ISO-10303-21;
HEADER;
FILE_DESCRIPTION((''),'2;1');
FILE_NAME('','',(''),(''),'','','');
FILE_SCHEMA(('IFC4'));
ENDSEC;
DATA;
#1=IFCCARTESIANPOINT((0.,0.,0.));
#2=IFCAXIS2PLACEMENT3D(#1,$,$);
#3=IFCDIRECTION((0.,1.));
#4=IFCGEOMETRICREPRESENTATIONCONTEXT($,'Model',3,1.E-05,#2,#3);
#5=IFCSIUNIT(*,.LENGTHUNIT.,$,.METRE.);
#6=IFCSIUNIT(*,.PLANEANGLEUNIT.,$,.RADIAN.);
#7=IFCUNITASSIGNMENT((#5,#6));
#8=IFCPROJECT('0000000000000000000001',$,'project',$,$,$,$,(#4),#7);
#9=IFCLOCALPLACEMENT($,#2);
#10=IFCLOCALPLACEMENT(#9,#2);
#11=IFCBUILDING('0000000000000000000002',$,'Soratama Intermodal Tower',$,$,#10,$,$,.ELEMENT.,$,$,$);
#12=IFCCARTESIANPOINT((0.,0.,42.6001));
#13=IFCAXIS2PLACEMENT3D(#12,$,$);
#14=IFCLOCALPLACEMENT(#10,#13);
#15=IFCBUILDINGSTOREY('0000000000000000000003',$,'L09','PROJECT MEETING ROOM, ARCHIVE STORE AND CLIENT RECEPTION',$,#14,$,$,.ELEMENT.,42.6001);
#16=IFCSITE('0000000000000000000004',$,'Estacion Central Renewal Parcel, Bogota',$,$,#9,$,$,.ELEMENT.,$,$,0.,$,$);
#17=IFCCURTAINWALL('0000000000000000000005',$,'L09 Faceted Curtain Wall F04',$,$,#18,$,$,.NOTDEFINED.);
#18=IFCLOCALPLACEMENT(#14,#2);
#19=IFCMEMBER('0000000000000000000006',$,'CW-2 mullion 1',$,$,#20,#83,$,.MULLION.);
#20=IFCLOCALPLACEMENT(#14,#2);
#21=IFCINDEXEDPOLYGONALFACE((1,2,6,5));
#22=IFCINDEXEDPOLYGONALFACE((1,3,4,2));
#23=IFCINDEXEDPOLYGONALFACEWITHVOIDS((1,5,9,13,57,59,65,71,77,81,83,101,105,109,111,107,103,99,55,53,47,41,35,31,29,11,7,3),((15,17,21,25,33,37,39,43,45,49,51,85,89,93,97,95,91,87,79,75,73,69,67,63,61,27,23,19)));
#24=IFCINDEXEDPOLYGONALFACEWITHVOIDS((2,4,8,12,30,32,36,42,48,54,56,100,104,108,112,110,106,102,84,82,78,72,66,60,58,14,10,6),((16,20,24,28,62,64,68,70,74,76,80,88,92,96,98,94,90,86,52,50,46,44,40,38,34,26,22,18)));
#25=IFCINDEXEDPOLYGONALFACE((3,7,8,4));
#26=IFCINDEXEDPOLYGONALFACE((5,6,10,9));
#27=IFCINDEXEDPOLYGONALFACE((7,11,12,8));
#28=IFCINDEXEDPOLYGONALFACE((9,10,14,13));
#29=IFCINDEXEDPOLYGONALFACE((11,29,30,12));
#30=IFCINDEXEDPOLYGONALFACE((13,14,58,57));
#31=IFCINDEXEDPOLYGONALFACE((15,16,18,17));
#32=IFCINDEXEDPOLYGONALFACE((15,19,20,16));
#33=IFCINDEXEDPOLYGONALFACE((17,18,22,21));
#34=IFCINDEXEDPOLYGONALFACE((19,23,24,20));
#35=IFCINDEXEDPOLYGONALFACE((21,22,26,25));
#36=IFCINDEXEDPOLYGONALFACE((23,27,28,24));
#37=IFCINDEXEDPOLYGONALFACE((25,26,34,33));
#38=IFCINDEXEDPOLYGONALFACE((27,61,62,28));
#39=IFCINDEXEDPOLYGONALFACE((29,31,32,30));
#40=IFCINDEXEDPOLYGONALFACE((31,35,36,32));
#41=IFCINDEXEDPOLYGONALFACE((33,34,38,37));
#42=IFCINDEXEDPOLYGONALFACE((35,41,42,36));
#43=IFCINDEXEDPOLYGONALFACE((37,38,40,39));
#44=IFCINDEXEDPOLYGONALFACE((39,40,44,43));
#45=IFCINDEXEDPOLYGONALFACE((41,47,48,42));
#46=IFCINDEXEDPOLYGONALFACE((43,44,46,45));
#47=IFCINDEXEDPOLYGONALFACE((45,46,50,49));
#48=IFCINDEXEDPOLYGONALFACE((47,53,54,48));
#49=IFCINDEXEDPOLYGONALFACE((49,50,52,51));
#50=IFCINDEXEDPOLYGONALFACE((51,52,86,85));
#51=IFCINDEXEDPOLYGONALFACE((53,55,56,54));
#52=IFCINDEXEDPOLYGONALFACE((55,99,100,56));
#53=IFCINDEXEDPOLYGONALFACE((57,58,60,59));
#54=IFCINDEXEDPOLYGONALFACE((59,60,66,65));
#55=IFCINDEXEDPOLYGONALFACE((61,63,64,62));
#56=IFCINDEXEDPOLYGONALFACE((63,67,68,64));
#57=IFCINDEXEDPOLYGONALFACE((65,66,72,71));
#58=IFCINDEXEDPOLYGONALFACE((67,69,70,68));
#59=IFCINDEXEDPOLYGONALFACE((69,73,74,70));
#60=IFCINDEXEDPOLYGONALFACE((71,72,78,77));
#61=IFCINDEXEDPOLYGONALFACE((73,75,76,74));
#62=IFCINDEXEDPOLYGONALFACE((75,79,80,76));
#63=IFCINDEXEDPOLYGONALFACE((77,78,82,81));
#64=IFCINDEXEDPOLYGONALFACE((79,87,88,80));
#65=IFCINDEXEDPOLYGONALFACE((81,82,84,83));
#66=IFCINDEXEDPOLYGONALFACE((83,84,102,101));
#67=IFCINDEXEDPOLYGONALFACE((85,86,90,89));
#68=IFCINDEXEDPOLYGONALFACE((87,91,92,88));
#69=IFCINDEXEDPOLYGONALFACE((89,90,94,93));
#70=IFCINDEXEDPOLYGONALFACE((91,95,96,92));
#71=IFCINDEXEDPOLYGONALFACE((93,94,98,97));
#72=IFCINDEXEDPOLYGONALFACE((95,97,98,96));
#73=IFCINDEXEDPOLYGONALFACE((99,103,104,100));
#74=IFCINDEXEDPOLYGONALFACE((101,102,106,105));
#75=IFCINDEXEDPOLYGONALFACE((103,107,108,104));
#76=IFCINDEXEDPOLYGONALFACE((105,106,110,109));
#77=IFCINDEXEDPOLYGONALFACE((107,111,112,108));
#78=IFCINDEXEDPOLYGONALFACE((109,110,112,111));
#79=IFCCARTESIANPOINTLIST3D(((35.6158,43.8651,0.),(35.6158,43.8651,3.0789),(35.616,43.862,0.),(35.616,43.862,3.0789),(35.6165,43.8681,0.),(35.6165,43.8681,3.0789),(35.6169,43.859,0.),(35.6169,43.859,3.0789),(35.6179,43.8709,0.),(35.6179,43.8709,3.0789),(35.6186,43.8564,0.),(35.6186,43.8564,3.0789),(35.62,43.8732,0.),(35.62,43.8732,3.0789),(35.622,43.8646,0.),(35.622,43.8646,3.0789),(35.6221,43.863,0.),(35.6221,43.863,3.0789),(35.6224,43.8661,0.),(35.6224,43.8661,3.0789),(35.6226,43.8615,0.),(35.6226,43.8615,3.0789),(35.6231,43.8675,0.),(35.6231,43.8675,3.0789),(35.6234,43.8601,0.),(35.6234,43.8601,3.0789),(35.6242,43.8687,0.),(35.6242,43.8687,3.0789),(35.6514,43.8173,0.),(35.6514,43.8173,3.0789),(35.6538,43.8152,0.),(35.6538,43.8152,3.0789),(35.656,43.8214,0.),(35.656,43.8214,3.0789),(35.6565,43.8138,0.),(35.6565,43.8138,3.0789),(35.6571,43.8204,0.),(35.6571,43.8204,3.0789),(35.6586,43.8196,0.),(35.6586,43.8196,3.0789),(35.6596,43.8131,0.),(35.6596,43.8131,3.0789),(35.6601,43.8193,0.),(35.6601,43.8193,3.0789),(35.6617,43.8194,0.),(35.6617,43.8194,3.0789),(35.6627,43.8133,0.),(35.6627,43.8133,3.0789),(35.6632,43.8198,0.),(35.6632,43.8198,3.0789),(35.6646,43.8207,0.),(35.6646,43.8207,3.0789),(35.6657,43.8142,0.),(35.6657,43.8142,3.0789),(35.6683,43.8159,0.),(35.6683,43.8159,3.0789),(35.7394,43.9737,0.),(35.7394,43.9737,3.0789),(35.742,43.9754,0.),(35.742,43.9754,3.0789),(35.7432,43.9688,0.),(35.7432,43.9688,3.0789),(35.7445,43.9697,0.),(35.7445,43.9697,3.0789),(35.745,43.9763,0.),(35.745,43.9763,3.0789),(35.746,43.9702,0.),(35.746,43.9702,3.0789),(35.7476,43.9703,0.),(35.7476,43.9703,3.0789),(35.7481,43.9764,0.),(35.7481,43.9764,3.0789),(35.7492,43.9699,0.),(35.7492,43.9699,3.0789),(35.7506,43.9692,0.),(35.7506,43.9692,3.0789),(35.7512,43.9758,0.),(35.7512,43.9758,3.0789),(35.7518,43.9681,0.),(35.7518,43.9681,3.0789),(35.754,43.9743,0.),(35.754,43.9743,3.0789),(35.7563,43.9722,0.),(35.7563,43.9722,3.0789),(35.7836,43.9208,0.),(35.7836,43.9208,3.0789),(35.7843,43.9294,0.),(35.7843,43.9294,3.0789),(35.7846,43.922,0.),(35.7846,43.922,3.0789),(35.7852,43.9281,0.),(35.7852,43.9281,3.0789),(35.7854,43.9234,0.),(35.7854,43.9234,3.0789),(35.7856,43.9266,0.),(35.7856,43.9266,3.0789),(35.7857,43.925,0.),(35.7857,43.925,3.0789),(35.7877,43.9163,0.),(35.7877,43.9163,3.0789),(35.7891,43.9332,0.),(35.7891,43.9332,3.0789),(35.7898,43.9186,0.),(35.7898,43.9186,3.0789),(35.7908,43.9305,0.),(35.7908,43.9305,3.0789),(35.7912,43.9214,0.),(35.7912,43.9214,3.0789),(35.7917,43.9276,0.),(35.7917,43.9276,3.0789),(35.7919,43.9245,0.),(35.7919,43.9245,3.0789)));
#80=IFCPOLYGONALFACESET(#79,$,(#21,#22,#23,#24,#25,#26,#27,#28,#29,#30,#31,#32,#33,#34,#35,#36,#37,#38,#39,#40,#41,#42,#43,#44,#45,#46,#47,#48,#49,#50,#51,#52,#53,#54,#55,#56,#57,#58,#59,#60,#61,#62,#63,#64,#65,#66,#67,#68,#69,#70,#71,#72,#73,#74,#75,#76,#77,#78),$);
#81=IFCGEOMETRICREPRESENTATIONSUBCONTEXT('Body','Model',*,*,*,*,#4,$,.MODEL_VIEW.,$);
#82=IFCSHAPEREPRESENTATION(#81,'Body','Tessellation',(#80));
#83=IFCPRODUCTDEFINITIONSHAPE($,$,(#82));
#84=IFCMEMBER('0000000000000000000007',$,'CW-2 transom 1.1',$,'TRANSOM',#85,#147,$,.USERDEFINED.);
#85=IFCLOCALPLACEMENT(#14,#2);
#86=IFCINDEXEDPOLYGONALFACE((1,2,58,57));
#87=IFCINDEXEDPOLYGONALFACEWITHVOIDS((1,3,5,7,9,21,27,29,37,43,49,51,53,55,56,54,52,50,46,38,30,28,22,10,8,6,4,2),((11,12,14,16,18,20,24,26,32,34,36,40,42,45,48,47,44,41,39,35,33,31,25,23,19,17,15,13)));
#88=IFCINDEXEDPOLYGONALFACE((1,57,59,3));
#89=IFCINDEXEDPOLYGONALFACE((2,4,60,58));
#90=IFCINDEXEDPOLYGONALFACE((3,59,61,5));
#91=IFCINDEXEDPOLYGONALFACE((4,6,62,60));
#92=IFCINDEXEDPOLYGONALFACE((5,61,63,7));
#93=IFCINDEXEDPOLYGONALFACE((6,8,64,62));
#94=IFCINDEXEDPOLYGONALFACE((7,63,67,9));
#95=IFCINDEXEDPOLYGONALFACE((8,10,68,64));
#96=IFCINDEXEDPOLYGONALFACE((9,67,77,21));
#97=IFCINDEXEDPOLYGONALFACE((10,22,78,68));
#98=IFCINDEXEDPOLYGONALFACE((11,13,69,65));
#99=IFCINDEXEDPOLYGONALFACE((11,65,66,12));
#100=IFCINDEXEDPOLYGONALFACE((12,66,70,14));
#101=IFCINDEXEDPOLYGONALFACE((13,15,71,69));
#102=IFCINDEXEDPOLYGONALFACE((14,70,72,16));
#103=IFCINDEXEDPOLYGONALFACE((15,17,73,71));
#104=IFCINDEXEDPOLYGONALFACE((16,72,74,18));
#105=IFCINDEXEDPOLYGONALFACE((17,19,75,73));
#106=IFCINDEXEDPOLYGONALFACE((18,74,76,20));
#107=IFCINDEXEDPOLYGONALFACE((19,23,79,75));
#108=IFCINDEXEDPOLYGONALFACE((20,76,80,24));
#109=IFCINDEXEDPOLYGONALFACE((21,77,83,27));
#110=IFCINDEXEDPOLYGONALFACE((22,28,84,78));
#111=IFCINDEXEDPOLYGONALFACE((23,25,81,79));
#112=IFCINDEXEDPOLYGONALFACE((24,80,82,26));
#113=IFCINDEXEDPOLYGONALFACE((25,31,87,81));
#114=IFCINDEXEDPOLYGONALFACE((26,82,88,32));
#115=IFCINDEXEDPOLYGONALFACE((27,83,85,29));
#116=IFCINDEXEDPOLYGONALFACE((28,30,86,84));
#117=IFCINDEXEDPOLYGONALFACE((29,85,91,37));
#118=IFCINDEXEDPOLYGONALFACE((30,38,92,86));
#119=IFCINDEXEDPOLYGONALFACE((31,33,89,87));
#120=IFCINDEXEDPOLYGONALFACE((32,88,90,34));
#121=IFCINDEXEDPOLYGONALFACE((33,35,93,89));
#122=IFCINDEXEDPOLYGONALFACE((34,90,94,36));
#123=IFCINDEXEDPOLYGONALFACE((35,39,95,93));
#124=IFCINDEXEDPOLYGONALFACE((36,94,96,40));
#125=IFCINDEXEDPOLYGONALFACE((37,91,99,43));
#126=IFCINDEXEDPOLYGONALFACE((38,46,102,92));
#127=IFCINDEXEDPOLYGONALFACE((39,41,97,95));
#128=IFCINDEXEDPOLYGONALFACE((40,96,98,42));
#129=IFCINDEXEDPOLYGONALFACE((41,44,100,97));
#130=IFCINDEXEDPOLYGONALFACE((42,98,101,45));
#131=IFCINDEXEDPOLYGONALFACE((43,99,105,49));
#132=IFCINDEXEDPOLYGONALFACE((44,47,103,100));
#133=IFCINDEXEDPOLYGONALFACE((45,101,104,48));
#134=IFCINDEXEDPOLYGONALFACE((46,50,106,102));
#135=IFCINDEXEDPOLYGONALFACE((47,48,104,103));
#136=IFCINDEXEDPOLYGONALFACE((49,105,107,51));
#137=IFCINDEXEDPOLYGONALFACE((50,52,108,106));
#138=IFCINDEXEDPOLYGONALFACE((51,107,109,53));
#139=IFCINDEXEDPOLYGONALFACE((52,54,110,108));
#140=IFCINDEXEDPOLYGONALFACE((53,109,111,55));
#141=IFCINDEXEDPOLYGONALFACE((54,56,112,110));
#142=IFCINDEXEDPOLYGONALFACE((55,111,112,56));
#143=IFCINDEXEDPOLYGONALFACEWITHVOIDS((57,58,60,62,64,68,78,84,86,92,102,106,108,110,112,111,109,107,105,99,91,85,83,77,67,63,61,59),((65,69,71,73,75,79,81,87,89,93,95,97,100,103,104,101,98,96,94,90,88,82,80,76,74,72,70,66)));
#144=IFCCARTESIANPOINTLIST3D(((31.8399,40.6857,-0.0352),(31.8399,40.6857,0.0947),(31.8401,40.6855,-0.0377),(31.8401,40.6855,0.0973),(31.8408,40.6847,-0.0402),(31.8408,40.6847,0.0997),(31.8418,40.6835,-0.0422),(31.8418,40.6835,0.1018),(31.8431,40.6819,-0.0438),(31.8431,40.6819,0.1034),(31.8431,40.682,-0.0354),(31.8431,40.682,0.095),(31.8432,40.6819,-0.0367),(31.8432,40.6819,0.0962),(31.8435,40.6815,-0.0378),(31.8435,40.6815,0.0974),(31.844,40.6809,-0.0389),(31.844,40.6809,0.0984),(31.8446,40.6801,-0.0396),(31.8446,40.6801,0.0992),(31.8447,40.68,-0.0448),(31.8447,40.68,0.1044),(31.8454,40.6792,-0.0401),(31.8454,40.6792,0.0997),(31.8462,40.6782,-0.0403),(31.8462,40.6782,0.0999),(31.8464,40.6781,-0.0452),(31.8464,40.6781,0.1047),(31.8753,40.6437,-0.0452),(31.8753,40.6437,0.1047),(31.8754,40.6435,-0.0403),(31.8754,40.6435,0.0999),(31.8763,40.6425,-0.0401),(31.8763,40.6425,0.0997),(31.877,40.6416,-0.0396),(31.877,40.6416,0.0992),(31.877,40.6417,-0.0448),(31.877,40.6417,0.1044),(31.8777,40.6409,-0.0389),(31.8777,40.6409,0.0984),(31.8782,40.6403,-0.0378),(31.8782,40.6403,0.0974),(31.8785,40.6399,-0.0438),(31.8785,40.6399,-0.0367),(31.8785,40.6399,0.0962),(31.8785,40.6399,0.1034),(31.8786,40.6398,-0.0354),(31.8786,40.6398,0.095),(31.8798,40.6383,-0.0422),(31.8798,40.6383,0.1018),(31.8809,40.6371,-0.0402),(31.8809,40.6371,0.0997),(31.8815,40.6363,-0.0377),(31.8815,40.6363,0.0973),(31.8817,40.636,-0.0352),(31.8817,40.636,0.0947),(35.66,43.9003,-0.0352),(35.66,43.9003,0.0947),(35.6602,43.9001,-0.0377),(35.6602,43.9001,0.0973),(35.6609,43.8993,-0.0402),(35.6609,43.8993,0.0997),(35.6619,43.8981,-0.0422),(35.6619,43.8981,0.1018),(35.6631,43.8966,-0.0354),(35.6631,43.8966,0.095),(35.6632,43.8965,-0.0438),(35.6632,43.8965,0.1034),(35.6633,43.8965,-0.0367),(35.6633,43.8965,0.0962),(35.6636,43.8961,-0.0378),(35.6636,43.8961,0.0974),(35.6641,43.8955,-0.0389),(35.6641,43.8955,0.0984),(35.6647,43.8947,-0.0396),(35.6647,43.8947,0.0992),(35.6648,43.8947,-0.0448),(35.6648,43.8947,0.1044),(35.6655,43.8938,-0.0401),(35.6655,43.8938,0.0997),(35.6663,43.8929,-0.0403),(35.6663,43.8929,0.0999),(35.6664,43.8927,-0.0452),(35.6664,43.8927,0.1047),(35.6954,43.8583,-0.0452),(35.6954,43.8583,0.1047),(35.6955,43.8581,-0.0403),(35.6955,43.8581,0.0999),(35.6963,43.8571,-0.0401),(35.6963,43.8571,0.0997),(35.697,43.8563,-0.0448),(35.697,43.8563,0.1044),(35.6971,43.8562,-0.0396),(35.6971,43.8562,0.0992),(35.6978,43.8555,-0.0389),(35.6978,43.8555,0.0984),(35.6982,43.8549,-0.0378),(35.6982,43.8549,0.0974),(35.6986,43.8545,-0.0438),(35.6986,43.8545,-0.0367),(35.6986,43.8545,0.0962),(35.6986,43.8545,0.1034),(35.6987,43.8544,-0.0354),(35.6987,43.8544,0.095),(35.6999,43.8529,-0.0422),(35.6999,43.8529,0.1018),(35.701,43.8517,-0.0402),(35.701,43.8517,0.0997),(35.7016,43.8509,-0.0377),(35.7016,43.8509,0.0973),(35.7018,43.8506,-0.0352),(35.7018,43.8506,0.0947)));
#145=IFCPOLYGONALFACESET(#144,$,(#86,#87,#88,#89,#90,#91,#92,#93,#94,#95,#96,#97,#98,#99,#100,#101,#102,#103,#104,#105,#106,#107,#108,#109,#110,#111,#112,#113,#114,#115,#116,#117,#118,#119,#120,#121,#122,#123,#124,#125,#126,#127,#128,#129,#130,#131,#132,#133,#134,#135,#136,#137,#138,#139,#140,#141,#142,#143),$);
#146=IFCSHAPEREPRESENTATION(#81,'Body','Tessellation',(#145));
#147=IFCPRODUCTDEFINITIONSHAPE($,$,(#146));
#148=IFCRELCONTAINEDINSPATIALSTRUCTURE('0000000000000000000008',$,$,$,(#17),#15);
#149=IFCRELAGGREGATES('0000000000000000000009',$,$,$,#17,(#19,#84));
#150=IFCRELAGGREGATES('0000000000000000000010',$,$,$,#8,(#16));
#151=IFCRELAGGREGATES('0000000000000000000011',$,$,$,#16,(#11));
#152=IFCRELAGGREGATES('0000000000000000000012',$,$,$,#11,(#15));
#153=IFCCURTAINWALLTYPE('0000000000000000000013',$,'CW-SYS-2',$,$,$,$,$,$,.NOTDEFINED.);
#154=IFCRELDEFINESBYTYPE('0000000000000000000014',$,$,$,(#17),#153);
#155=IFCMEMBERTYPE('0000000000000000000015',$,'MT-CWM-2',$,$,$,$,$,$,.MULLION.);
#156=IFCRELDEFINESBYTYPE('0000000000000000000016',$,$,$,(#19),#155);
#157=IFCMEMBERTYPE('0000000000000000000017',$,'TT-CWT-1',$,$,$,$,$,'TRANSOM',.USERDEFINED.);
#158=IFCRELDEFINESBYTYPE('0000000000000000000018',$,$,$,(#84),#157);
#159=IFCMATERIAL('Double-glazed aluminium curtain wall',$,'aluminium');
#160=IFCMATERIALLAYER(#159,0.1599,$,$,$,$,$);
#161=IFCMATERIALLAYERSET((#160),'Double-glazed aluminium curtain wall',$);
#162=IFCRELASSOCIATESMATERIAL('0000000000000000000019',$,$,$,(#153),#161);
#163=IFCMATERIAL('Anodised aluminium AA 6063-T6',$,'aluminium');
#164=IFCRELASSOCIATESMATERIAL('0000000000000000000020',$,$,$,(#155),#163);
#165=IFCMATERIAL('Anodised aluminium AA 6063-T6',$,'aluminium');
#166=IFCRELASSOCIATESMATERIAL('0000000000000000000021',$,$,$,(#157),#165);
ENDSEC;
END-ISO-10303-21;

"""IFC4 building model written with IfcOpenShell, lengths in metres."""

from ifc_helpers import new_model, si_unit, direction, frame, origin, origin_2d, place, context, subcontext, project, spatial, hollow_rectangle, extrude, material, layer, layer_set, material_profile, profile_set, type_object, element, aggregate, save


model = new_model("IFC4")

# Units and contexts
model_context = context("Model", 3, precision=1e-05, world=origin(), true_north=direction((0.0, 1.0)))
body_context = subcontext(model_context, "Body", "Model", "MODEL_VIEW")
ifc_project = project(units=[si_unit("LENGTHUNIT", "METRE"), si_unit("PLANEANGLEUNIT", "RADIAN")], contexts=[model_context])

# Site, building, storey
site_placement = place(None, origin())
site = spatial("IfcSite", under=ifc_project, at=site_placement, Name="Estacion Central Renewal Parcel, Bogota", CompositionType="ELEMENT", RefElevation=0.0)
building_placement = place(site_placement, origin())
building = spatial("IfcBuilding", under=site, at=building_placement, Name="Soratama Intermodal Tower", CompositionType="ELEMENT")
storey_placement = place(building_placement, frame((0.0, 0.0, 42.6001)))
storey = spatial("IfcBuildingStorey", under=building, at=storey_placement, Name="L09", Description="PROJECT MEETING ROOM, ARCHIVE STORE AND CLIENT RECEPTION", CompositionType="ELEMENT", Elevation=42.6001)

# Curtain wall, members
ifc_material_1 = material(Name="Double-glazed aluminium curtain wall", Category="aluminium")
ifc_layer_1 = layer(ifc_material_1, 0.1599)
ifc_layer_set_1 = layer_set([ifc_layer_1], Name="Double-glazed aluminium curtain wall")
curtain_wall_type = type_object("IfcCurtainWallType", Name="CW-SYS-2", PredefinedType="NOTDEFINED", material=ifc_layer_set_1)
curtain_wall_placement = place(storey_placement, origin())
curtain_wall = element("IfcCurtainWall", 1, at=curtain_wall_placement, inside=storey, type_object=curtain_wall_type, Name="L09 Faceted Curtain Wall F04", PredefinedType="NOTDEFINED")
ifc_material_2 = material(Name="Anodised aluminium AA 6063-T6", Category="aluminium")
ifc_material_profile_1 = material_profile(ifc_material_2, hollow_rectangle(XDim=0.075, YDim=0.1799, WallThickness=0.0061, InnerFilletRadius=0.0061, OuterFilletRadius=0.012, at=origin_2d()), Name="CWM180X75X6")
ifc_profile_set_1 = profile_set([ifc_material_profile_1], Name="Anodised aluminium AA 6063-T6")
member_type_1 = type_object("IfcMemberType", Name="MT-CWM-2", PredefinedType="MULLION", material=ifc_profile_set_1)
member_1_placement = place(storey_placement, frame((35.7039, 43.8948, 0.0), z_axis=(0.0, 0.0, 1.0), x_axis=(0.643853, -0.765149, 0.0)))
member_1 = element("IfcMember", 2, at=member_1_placement, type_object=member_type_1, Name="CW-2 mullion 1", PredefinedType="MULLION", context=body_context, shape_type="SweptSolid", body=[
    extrude(hollow_rectangle(XDim=0.075, YDim=0.1799, WallThickness=0.0061, InnerFilletRadius=0.0061, OuterFilletRadius=0.012, at=origin_2d()), origin(), (0.0, 0.0, 1.0), 3.0789),
])
ifc_material_3 = material(Name="Anodised aluminium AA 6063-T6", Category="aluminium")
ifc_material_profile_2 = material_profile(ifc_material_3, hollow_rectangle(XDim=0.0649, YDim=0.1499, WallThickness=0.0049, InnerFilletRadius=0.0049, OuterFilletRadius=0.01, at=origin_2d()), Name="CWT150X65X5")
ifc_profile_set_2 = profile_set([ifc_material_profile_2], Name="Anodised aluminium AA 6063-T6")
member_type_2 = type_object("IfcMemberType", Name="TT-CWT-1", ElementType="TRANSOM", PredefinedType="USERDEFINED", material=ifc_profile_set_2)
member_2_placement = place(storey_placement, frame((35.6809, 43.8755, 0.0298), z_axis=(-0.765138, -0.643866, 0.0), x_axis=(0.643866, -0.765138, 0.0)))
member_2 = element("IfcMember", 3, at=member_2_placement, type_object=member_type_2, Name="CW-2 transom 1.1", ObjectType="TRANSOM", PredefinedType="USERDEFINED", context=body_context, shape_type="SweptSolid", body=[
    extrude(hollow_rectangle(XDim=0.0649, YDim=0.1499, WallThickness=0.0049, InnerFilletRadius=0.0049, OuterFilletRadius=0.01, at=origin_2d()), origin(), (0.0, 0.0, 1.0), 4.9927),
])
aggregate(curtain_wall, [member_1, member_2])

save(model, "model.ifc")
